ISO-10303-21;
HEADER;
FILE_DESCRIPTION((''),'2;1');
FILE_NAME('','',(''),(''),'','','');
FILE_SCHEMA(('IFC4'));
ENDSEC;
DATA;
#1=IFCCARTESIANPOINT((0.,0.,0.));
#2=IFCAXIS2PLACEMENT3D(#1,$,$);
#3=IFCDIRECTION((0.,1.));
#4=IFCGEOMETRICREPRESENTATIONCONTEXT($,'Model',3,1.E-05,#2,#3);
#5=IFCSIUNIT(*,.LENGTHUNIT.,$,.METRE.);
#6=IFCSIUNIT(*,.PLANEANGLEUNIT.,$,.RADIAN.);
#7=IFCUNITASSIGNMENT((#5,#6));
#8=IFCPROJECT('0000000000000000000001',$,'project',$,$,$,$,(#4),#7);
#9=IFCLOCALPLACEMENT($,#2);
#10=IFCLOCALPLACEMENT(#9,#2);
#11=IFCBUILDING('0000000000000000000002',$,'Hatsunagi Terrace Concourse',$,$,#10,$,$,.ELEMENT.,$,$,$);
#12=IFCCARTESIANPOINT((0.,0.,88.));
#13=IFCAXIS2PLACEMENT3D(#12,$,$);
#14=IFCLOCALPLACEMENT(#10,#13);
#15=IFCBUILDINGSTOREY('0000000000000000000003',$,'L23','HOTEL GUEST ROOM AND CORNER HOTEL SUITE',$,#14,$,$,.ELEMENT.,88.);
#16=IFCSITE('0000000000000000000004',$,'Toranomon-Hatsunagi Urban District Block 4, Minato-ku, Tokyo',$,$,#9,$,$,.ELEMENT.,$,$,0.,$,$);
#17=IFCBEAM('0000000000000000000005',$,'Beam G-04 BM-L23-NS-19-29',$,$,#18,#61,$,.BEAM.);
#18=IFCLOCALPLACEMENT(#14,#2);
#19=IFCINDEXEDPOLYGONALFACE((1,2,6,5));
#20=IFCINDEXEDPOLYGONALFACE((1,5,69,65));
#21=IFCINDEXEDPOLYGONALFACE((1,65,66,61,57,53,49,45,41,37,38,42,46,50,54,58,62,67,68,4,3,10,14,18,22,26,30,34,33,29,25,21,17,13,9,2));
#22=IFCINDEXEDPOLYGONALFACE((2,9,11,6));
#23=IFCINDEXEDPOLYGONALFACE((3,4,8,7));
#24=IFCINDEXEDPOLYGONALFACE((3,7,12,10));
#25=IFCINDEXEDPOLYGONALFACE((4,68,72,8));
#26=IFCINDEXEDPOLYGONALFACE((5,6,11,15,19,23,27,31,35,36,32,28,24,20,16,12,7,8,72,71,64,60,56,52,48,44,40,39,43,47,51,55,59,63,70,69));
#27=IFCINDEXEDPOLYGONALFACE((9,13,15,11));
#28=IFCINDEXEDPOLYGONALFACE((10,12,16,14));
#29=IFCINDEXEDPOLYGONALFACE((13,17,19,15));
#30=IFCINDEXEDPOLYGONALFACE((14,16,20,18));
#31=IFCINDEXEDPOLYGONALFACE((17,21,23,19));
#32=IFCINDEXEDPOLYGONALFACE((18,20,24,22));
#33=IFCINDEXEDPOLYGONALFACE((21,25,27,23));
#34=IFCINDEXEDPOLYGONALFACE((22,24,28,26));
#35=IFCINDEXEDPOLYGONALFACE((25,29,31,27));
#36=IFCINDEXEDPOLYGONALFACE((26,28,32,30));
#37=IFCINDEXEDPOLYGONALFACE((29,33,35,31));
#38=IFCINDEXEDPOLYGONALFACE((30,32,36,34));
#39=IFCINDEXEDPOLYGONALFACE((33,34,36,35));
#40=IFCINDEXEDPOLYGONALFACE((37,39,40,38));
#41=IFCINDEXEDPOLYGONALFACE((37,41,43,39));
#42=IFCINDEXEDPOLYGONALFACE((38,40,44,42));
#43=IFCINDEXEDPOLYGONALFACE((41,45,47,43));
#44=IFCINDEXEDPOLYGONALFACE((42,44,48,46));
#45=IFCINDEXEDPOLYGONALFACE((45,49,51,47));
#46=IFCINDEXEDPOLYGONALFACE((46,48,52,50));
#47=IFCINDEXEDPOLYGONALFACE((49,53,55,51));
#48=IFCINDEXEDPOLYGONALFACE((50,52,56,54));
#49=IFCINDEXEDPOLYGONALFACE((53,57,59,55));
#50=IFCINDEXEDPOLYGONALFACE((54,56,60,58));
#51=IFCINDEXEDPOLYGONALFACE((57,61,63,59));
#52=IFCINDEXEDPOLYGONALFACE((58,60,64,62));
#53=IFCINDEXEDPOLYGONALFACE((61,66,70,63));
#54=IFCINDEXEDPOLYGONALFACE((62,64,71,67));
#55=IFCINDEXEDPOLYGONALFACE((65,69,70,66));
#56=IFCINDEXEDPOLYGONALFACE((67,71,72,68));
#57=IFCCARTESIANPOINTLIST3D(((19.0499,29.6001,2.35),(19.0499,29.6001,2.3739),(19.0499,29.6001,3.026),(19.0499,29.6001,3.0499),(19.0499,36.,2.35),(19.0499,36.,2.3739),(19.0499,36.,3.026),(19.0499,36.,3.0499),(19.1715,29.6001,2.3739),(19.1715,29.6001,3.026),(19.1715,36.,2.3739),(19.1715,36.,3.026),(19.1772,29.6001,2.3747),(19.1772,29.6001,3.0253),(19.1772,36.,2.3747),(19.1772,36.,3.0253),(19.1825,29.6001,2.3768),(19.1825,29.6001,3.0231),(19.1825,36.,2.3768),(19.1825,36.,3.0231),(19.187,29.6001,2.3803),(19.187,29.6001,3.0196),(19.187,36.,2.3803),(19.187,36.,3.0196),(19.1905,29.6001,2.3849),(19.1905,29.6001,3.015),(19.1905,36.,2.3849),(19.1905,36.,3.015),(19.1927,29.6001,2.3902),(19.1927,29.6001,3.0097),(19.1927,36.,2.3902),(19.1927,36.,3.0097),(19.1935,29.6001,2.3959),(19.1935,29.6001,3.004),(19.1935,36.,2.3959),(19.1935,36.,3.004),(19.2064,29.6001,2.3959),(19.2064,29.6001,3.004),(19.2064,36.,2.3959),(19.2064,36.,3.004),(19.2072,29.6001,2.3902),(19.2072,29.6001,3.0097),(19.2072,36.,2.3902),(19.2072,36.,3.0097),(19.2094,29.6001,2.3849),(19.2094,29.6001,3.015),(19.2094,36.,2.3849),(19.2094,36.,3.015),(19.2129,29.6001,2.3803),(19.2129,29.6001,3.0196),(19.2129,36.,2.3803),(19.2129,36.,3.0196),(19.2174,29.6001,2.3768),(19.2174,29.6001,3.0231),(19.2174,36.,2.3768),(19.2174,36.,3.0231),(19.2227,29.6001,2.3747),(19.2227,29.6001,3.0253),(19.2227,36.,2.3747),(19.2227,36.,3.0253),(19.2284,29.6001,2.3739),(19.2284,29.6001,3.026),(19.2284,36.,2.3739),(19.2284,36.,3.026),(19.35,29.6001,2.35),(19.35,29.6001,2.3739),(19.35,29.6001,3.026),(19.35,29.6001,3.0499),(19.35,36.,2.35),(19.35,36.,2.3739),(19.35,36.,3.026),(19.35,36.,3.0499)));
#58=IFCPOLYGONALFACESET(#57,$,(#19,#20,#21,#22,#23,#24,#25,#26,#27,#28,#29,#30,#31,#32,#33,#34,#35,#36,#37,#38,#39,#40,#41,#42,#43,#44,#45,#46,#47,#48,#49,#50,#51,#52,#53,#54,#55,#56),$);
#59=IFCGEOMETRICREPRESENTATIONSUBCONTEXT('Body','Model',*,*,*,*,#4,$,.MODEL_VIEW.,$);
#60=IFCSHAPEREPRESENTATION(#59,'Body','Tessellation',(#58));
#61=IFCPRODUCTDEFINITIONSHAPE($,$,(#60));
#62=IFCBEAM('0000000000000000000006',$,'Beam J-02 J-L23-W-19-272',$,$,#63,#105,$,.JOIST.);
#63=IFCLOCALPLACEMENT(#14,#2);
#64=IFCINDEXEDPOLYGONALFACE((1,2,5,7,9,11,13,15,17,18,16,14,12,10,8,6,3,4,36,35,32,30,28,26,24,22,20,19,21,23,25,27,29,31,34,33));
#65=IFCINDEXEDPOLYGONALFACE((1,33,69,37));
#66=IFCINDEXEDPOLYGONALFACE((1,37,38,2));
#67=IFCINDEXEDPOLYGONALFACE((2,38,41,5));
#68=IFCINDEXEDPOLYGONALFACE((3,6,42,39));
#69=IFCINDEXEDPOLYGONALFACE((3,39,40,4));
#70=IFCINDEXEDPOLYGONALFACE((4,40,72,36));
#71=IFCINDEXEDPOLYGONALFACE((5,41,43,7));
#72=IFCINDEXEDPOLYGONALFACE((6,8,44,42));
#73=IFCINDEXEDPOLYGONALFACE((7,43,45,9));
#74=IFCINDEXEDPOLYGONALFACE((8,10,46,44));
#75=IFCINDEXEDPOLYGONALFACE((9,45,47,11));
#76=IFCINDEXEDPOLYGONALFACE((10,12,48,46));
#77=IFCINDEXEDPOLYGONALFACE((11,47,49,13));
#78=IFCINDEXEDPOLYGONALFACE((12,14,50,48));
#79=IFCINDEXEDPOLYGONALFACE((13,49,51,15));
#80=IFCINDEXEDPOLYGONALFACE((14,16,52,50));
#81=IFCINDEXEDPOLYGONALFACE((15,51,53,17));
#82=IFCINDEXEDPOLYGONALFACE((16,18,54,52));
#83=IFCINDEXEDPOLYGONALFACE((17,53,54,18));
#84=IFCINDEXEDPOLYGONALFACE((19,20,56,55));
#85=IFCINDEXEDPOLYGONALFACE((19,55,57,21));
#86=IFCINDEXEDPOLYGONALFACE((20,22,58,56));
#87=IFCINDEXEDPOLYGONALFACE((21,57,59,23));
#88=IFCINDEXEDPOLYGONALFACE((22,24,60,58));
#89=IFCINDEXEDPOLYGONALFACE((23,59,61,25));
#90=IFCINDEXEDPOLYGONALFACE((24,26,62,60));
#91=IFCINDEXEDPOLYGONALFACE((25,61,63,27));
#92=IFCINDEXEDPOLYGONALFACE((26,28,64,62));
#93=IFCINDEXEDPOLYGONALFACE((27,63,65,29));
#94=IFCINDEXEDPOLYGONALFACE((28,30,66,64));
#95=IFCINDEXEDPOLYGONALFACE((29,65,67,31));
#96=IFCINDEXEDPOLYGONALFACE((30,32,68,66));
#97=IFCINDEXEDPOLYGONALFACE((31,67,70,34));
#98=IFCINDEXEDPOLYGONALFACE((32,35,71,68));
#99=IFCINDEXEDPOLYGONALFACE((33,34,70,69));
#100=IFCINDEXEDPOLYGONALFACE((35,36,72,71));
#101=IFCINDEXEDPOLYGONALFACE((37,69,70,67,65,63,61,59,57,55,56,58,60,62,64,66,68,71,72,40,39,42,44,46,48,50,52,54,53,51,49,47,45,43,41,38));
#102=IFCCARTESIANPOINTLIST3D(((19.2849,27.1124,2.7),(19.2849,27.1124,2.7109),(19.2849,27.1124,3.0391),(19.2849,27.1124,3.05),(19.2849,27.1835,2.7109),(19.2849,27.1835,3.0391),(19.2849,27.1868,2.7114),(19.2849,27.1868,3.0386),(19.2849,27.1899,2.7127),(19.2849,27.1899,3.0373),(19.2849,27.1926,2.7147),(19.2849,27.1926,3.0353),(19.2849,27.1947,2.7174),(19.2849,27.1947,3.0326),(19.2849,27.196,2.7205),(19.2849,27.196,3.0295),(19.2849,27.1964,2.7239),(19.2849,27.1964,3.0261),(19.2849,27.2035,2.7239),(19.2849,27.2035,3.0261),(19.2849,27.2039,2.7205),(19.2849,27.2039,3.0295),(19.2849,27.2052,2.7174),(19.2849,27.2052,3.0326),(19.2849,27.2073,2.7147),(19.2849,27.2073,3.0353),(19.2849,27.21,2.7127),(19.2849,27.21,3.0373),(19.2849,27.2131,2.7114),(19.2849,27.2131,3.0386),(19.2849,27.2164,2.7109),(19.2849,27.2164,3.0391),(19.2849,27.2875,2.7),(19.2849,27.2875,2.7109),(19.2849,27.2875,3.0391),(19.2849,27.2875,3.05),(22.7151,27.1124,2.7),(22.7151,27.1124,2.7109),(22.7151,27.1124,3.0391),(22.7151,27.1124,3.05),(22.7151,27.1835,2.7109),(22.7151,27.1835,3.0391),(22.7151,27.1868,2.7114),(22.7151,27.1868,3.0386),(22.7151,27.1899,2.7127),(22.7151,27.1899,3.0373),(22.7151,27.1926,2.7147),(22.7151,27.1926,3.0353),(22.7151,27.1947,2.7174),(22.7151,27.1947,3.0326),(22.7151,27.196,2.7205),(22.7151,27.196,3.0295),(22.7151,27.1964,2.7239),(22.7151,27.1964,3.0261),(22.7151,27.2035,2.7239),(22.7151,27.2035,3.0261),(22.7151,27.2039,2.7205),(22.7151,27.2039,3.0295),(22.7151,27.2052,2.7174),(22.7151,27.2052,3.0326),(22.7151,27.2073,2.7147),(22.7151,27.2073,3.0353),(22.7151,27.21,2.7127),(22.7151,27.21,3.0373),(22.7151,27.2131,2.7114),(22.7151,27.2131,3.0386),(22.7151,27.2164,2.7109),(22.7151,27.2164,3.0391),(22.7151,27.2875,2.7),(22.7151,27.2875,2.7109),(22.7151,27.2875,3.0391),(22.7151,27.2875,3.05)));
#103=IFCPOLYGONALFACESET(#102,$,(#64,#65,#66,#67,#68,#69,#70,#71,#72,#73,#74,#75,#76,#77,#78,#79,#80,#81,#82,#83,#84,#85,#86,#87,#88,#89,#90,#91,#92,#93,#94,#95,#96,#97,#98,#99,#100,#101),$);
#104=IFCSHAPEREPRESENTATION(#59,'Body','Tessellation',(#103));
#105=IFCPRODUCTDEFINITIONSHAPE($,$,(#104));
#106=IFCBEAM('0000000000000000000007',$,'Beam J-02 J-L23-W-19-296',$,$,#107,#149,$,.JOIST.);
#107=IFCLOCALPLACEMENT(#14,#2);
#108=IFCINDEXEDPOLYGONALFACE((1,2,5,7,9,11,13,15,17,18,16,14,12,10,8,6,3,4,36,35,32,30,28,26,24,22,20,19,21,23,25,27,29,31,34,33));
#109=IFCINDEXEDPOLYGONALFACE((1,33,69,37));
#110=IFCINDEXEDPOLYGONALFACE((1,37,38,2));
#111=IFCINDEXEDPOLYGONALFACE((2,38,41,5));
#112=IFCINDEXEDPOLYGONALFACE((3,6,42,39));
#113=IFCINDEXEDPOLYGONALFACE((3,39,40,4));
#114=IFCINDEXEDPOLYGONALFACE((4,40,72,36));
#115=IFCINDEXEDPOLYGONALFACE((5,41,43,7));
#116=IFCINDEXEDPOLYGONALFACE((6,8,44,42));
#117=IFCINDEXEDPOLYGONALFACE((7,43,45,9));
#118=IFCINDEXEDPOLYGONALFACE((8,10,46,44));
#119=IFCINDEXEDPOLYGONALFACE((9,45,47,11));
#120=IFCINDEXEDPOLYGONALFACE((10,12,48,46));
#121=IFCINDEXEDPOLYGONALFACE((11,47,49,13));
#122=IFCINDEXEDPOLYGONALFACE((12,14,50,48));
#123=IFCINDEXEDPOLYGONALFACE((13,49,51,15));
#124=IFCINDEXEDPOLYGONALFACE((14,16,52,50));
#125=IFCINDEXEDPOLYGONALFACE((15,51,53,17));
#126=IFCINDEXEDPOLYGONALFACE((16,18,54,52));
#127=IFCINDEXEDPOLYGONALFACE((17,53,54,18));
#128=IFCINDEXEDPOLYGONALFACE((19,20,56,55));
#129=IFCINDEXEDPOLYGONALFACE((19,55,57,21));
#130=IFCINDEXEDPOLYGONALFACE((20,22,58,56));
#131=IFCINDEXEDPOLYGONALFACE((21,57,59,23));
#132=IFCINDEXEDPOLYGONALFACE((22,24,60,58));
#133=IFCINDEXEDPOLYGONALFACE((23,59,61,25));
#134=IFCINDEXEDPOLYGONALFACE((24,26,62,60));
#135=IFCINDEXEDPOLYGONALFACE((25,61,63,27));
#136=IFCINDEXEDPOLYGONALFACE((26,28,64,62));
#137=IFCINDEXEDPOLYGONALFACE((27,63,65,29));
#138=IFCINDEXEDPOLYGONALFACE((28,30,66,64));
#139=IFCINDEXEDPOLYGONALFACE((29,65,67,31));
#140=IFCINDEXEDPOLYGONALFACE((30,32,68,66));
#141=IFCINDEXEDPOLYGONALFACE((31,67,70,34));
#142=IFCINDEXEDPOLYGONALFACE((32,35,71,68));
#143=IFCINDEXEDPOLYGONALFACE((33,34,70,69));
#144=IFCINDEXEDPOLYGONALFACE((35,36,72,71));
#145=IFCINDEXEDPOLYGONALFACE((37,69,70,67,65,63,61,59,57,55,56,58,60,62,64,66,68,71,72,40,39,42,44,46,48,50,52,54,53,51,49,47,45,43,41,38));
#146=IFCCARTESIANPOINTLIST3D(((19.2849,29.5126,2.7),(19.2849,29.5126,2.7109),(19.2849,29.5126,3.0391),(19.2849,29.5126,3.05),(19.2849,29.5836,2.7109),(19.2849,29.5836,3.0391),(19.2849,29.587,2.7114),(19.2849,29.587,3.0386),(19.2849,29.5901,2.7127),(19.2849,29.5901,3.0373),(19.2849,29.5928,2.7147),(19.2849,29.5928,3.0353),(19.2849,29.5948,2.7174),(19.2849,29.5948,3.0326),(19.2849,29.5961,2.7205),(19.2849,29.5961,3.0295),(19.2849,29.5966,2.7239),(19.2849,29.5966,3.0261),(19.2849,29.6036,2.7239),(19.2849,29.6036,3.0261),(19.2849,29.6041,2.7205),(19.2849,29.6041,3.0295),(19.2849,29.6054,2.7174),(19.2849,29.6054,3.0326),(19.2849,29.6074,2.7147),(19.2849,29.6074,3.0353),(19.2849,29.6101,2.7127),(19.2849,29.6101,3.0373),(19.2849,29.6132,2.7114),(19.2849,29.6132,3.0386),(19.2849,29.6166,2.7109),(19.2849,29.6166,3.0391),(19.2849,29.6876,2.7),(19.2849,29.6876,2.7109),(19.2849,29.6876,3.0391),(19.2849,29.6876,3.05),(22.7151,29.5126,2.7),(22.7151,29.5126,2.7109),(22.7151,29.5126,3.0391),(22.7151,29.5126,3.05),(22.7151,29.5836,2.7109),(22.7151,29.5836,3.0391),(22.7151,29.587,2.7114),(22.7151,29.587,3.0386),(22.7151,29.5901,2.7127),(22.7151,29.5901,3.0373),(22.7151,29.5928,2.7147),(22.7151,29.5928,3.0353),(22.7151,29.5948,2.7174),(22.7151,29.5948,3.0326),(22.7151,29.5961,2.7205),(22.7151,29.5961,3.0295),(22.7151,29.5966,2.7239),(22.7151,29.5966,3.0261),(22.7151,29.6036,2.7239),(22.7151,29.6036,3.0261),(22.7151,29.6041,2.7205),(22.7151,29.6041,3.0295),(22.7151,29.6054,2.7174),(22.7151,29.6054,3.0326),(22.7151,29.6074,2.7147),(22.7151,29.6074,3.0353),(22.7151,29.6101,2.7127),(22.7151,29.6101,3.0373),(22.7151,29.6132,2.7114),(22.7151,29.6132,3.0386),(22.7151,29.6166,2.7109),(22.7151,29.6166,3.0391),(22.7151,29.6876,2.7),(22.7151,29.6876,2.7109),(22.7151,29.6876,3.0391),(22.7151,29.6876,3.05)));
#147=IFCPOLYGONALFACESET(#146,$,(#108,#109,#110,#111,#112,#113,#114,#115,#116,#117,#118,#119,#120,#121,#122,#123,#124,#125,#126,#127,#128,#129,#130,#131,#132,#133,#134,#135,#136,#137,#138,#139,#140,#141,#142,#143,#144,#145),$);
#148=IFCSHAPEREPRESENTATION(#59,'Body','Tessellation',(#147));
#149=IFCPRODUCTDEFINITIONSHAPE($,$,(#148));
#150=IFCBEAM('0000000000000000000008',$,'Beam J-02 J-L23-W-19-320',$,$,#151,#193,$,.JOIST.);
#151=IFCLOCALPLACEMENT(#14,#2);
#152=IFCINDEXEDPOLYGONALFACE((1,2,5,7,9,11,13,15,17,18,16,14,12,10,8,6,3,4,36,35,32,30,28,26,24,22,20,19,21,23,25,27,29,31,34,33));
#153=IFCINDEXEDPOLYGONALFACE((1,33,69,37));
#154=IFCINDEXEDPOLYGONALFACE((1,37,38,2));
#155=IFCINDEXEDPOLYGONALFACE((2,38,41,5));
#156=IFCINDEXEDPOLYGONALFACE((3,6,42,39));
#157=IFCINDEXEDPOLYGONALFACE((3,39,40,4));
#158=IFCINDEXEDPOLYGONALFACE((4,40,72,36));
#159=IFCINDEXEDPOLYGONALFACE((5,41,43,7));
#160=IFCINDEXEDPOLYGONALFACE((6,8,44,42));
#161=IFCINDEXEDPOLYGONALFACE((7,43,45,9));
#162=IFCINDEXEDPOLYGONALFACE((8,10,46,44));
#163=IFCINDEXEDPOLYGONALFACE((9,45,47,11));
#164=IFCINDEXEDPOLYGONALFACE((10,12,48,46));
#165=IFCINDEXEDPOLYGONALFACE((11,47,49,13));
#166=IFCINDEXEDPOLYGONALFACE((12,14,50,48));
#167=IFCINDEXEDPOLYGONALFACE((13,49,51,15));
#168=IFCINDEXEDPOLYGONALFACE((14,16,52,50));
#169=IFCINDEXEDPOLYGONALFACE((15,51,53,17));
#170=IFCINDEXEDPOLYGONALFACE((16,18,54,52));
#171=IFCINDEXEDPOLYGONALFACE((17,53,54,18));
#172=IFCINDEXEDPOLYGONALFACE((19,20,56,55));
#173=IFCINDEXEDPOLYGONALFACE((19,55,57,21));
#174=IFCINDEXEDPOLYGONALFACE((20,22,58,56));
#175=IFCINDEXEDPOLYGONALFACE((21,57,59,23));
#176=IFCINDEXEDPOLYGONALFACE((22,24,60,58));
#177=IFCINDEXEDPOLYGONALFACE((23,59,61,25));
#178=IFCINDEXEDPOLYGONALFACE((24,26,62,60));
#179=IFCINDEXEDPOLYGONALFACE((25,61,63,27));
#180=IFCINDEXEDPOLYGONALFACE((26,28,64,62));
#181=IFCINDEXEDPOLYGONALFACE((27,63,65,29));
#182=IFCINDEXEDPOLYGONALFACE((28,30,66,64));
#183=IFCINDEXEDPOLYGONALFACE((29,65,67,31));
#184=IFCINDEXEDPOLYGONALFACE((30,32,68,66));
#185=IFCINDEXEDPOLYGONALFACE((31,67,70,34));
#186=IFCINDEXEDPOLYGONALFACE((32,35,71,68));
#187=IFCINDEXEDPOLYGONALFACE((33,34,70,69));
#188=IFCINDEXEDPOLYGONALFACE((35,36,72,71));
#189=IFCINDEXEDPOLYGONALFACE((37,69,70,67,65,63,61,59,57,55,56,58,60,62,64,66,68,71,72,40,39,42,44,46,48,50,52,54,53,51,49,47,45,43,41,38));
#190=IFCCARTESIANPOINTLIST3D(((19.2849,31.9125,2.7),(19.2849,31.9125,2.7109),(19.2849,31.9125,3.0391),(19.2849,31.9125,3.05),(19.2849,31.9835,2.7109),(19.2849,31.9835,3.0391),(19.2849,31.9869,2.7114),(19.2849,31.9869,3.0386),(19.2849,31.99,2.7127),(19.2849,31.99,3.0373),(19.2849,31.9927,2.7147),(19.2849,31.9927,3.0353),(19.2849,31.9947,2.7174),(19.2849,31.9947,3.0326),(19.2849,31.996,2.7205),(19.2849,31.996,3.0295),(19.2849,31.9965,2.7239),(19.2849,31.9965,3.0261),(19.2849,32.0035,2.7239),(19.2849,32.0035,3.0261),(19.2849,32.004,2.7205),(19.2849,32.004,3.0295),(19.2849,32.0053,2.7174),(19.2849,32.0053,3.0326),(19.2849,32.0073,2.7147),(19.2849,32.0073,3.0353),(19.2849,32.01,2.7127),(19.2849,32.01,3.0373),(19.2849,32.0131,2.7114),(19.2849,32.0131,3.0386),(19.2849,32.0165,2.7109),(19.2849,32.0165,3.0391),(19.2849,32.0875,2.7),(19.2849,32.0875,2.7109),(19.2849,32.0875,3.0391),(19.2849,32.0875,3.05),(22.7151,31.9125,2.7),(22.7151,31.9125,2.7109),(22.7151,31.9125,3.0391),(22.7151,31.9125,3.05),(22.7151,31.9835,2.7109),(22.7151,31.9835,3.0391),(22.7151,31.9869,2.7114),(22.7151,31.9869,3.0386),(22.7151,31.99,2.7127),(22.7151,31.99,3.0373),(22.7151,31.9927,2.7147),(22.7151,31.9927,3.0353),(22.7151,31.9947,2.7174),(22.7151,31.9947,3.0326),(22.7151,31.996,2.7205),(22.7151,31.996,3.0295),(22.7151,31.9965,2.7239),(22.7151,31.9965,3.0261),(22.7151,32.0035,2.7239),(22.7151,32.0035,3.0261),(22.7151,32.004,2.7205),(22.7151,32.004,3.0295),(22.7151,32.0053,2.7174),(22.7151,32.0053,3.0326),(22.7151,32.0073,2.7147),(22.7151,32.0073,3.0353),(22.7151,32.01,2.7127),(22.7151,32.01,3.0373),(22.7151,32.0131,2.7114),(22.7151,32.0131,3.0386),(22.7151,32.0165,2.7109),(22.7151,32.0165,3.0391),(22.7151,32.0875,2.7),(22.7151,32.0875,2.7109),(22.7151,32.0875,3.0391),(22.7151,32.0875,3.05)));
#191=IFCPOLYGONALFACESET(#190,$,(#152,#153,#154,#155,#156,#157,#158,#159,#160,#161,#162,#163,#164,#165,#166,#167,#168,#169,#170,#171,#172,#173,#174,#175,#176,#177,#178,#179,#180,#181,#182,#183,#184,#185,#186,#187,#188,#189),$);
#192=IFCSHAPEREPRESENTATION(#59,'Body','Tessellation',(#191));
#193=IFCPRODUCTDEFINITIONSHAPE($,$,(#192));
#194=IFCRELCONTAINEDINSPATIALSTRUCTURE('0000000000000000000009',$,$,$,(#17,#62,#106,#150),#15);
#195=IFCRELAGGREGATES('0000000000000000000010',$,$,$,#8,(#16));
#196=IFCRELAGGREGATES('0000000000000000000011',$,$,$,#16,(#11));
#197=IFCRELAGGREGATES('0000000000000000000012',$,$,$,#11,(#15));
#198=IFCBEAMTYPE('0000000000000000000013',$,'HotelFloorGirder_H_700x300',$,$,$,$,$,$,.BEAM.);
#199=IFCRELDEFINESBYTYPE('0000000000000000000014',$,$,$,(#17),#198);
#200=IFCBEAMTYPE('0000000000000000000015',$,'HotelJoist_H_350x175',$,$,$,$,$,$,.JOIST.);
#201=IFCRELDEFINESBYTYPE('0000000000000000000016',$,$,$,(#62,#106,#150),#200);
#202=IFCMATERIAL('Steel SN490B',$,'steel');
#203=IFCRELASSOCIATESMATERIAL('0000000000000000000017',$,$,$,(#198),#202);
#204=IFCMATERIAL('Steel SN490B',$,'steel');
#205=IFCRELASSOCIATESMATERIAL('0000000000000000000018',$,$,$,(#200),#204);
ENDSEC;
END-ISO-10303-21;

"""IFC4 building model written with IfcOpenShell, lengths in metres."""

from ifc_helpers import new_model, si_unit, direction, frame, origin, origin_2d, place, context, subcontext, project, spatial, i_section, extrude, material, material_profile, profile_set, type_object, element, save


model = new_model("IFC4")

# Units and contexts
model_context = context("Model", 3, precision=1e-05, world=origin(), true_north=direction((0.0, 1.0)))
body_context = subcontext(model_context, "Body", "Model", "MODEL_VIEW")
ifc_project = project(units=[si_unit("LENGTHUNIT", "METRE"), si_unit("PLANEANGLEUNIT", "RADIAN")], contexts=[model_context])

# Site, building, storey
site_placement = place(None, origin())
site = spatial("IfcSite", under=ifc_project, at=site_placement, Name="Toranomon-Hatsunagi Urban District Block 4, Minato-ku, Tokyo", CompositionType="ELEMENT", RefElevation=0.0)
building_placement = place(site_placement, origin())
building = spatial("IfcBuilding", under=site, at=building_placement, Name="Hatsunagi Terrace Concourse", CompositionType="ELEMENT")
storey_placement = place(building_placement, frame((0.0, 0.0, 88.0)))
storey = spatial("IfcBuildingStorey", under=building, at=storey_placement, Name="L23", Description="HOTEL GUEST ROOM AND CORNER HOTEL SUITE", CompositionType="ELEMENT", Elevation=88.0)

# Beams
ifc_material_1 = material(Name="Steel SN490B", Category="steel")
ifc_material_profile_1 = material_profile(ifc_material_1, i_section(OverallWidth=0.3, OverallDepth=0.7, WebThickness=0.0129, FlangeThickness=0.0239, FilletRadius=0.022, at=origin_2d()), Name="H-700x300x13x24")
ifc_profile_set_1 = profile_set([ifc_material_profile_1], Name="Steel SN490B")
beam_type_1 = type_object("IfcBeamType", Name="HotelFloorGirder_H_700x300", PredefinedType="BEAM", material=ifc_profile_set_1)
beam_1_placement = place(storey_placement, frame((19.2, 29.6001, 2.7), z_axis=(0.0, 1.0, 0.0), x_axis=(-1.0, 0.0, 0.0)))
element("IfcBeam", 1, at=beam_1_placement, inside=storey, type_object=beam_type_1, Name="Beam G-04 BM-L23-NS-19-29", PredefinedType="BEAM", context=body_context, shape_type="SweptSolid", body=[
    extrude(i_section(OverallWidth=0.3, OverallDepth=0.7, WebThickness=0.0129, FlangeThickness=0.0239, FilletRadius=0.022, at=origin_2d()), origin(), (0.0, 0.0, 1.0), 6.3999),
])
ifc_material_2 = material(Name="Steel SN490B", Category="steel")
ifc_material_profile_2 = material_profile(ifc_material_2, i_section(OverallWidth=0.175, OverallDepth=0.3501, WebThickness=0.0071, FlangeThickness=0.011, FilletRadius=0.0129, at=origin_2d()), Name="H-350x175x7x11")
ifc_profile_set_2 = profile_set([ifc_material_profile_2], Name="Steel SN490B")
beam_type_2 = type_object("IfcBeamType", Name="HotelJoist_H_350x175", PredefinedType="JOIST", material=ifc_profile_set_2)
for number, where, z_axis, x_axis, name in (
    (2, (19.2849, 27.2, 2.875), (1.0, 0.0, 0.0), (0.0, 1.0, 0.0), "Beam J-02 J-L23-W-19-272"),
    (3, (19.2849, 29.6001, 2.875), (1.0, 0.0, 0.0), (0.0, 1.0, 0.0), "Beam J-02 J-L23-W-19-296"),
    (4, (19.2849, 32.0, 2.875), (1.0, 0.0, 0.0), (0.0, 1.0, 0.0), "Beam J-02 J-L23-W-19-320"),
):
    element("IfcBeam", number, at=place(storey_placement, frame(where, z_axis=z_axis, x_axis=x_axis)), inside=storey, type_object=beam_type_2, Name=name, PredefinedType="JOIST", context=body_context, shape_type="SweptSolid", body=[
        extrude(i_section(OverallWidth=0.175, OverallDepth=0.3501, WebThickness=0.0071, FlangeThickness=0.011, FilletRadius=0.0129, at=origin_2d()), origin(), (0.0, 0.0, 1.0), 3.4302),
    ])

save(model, "model.ifc")
